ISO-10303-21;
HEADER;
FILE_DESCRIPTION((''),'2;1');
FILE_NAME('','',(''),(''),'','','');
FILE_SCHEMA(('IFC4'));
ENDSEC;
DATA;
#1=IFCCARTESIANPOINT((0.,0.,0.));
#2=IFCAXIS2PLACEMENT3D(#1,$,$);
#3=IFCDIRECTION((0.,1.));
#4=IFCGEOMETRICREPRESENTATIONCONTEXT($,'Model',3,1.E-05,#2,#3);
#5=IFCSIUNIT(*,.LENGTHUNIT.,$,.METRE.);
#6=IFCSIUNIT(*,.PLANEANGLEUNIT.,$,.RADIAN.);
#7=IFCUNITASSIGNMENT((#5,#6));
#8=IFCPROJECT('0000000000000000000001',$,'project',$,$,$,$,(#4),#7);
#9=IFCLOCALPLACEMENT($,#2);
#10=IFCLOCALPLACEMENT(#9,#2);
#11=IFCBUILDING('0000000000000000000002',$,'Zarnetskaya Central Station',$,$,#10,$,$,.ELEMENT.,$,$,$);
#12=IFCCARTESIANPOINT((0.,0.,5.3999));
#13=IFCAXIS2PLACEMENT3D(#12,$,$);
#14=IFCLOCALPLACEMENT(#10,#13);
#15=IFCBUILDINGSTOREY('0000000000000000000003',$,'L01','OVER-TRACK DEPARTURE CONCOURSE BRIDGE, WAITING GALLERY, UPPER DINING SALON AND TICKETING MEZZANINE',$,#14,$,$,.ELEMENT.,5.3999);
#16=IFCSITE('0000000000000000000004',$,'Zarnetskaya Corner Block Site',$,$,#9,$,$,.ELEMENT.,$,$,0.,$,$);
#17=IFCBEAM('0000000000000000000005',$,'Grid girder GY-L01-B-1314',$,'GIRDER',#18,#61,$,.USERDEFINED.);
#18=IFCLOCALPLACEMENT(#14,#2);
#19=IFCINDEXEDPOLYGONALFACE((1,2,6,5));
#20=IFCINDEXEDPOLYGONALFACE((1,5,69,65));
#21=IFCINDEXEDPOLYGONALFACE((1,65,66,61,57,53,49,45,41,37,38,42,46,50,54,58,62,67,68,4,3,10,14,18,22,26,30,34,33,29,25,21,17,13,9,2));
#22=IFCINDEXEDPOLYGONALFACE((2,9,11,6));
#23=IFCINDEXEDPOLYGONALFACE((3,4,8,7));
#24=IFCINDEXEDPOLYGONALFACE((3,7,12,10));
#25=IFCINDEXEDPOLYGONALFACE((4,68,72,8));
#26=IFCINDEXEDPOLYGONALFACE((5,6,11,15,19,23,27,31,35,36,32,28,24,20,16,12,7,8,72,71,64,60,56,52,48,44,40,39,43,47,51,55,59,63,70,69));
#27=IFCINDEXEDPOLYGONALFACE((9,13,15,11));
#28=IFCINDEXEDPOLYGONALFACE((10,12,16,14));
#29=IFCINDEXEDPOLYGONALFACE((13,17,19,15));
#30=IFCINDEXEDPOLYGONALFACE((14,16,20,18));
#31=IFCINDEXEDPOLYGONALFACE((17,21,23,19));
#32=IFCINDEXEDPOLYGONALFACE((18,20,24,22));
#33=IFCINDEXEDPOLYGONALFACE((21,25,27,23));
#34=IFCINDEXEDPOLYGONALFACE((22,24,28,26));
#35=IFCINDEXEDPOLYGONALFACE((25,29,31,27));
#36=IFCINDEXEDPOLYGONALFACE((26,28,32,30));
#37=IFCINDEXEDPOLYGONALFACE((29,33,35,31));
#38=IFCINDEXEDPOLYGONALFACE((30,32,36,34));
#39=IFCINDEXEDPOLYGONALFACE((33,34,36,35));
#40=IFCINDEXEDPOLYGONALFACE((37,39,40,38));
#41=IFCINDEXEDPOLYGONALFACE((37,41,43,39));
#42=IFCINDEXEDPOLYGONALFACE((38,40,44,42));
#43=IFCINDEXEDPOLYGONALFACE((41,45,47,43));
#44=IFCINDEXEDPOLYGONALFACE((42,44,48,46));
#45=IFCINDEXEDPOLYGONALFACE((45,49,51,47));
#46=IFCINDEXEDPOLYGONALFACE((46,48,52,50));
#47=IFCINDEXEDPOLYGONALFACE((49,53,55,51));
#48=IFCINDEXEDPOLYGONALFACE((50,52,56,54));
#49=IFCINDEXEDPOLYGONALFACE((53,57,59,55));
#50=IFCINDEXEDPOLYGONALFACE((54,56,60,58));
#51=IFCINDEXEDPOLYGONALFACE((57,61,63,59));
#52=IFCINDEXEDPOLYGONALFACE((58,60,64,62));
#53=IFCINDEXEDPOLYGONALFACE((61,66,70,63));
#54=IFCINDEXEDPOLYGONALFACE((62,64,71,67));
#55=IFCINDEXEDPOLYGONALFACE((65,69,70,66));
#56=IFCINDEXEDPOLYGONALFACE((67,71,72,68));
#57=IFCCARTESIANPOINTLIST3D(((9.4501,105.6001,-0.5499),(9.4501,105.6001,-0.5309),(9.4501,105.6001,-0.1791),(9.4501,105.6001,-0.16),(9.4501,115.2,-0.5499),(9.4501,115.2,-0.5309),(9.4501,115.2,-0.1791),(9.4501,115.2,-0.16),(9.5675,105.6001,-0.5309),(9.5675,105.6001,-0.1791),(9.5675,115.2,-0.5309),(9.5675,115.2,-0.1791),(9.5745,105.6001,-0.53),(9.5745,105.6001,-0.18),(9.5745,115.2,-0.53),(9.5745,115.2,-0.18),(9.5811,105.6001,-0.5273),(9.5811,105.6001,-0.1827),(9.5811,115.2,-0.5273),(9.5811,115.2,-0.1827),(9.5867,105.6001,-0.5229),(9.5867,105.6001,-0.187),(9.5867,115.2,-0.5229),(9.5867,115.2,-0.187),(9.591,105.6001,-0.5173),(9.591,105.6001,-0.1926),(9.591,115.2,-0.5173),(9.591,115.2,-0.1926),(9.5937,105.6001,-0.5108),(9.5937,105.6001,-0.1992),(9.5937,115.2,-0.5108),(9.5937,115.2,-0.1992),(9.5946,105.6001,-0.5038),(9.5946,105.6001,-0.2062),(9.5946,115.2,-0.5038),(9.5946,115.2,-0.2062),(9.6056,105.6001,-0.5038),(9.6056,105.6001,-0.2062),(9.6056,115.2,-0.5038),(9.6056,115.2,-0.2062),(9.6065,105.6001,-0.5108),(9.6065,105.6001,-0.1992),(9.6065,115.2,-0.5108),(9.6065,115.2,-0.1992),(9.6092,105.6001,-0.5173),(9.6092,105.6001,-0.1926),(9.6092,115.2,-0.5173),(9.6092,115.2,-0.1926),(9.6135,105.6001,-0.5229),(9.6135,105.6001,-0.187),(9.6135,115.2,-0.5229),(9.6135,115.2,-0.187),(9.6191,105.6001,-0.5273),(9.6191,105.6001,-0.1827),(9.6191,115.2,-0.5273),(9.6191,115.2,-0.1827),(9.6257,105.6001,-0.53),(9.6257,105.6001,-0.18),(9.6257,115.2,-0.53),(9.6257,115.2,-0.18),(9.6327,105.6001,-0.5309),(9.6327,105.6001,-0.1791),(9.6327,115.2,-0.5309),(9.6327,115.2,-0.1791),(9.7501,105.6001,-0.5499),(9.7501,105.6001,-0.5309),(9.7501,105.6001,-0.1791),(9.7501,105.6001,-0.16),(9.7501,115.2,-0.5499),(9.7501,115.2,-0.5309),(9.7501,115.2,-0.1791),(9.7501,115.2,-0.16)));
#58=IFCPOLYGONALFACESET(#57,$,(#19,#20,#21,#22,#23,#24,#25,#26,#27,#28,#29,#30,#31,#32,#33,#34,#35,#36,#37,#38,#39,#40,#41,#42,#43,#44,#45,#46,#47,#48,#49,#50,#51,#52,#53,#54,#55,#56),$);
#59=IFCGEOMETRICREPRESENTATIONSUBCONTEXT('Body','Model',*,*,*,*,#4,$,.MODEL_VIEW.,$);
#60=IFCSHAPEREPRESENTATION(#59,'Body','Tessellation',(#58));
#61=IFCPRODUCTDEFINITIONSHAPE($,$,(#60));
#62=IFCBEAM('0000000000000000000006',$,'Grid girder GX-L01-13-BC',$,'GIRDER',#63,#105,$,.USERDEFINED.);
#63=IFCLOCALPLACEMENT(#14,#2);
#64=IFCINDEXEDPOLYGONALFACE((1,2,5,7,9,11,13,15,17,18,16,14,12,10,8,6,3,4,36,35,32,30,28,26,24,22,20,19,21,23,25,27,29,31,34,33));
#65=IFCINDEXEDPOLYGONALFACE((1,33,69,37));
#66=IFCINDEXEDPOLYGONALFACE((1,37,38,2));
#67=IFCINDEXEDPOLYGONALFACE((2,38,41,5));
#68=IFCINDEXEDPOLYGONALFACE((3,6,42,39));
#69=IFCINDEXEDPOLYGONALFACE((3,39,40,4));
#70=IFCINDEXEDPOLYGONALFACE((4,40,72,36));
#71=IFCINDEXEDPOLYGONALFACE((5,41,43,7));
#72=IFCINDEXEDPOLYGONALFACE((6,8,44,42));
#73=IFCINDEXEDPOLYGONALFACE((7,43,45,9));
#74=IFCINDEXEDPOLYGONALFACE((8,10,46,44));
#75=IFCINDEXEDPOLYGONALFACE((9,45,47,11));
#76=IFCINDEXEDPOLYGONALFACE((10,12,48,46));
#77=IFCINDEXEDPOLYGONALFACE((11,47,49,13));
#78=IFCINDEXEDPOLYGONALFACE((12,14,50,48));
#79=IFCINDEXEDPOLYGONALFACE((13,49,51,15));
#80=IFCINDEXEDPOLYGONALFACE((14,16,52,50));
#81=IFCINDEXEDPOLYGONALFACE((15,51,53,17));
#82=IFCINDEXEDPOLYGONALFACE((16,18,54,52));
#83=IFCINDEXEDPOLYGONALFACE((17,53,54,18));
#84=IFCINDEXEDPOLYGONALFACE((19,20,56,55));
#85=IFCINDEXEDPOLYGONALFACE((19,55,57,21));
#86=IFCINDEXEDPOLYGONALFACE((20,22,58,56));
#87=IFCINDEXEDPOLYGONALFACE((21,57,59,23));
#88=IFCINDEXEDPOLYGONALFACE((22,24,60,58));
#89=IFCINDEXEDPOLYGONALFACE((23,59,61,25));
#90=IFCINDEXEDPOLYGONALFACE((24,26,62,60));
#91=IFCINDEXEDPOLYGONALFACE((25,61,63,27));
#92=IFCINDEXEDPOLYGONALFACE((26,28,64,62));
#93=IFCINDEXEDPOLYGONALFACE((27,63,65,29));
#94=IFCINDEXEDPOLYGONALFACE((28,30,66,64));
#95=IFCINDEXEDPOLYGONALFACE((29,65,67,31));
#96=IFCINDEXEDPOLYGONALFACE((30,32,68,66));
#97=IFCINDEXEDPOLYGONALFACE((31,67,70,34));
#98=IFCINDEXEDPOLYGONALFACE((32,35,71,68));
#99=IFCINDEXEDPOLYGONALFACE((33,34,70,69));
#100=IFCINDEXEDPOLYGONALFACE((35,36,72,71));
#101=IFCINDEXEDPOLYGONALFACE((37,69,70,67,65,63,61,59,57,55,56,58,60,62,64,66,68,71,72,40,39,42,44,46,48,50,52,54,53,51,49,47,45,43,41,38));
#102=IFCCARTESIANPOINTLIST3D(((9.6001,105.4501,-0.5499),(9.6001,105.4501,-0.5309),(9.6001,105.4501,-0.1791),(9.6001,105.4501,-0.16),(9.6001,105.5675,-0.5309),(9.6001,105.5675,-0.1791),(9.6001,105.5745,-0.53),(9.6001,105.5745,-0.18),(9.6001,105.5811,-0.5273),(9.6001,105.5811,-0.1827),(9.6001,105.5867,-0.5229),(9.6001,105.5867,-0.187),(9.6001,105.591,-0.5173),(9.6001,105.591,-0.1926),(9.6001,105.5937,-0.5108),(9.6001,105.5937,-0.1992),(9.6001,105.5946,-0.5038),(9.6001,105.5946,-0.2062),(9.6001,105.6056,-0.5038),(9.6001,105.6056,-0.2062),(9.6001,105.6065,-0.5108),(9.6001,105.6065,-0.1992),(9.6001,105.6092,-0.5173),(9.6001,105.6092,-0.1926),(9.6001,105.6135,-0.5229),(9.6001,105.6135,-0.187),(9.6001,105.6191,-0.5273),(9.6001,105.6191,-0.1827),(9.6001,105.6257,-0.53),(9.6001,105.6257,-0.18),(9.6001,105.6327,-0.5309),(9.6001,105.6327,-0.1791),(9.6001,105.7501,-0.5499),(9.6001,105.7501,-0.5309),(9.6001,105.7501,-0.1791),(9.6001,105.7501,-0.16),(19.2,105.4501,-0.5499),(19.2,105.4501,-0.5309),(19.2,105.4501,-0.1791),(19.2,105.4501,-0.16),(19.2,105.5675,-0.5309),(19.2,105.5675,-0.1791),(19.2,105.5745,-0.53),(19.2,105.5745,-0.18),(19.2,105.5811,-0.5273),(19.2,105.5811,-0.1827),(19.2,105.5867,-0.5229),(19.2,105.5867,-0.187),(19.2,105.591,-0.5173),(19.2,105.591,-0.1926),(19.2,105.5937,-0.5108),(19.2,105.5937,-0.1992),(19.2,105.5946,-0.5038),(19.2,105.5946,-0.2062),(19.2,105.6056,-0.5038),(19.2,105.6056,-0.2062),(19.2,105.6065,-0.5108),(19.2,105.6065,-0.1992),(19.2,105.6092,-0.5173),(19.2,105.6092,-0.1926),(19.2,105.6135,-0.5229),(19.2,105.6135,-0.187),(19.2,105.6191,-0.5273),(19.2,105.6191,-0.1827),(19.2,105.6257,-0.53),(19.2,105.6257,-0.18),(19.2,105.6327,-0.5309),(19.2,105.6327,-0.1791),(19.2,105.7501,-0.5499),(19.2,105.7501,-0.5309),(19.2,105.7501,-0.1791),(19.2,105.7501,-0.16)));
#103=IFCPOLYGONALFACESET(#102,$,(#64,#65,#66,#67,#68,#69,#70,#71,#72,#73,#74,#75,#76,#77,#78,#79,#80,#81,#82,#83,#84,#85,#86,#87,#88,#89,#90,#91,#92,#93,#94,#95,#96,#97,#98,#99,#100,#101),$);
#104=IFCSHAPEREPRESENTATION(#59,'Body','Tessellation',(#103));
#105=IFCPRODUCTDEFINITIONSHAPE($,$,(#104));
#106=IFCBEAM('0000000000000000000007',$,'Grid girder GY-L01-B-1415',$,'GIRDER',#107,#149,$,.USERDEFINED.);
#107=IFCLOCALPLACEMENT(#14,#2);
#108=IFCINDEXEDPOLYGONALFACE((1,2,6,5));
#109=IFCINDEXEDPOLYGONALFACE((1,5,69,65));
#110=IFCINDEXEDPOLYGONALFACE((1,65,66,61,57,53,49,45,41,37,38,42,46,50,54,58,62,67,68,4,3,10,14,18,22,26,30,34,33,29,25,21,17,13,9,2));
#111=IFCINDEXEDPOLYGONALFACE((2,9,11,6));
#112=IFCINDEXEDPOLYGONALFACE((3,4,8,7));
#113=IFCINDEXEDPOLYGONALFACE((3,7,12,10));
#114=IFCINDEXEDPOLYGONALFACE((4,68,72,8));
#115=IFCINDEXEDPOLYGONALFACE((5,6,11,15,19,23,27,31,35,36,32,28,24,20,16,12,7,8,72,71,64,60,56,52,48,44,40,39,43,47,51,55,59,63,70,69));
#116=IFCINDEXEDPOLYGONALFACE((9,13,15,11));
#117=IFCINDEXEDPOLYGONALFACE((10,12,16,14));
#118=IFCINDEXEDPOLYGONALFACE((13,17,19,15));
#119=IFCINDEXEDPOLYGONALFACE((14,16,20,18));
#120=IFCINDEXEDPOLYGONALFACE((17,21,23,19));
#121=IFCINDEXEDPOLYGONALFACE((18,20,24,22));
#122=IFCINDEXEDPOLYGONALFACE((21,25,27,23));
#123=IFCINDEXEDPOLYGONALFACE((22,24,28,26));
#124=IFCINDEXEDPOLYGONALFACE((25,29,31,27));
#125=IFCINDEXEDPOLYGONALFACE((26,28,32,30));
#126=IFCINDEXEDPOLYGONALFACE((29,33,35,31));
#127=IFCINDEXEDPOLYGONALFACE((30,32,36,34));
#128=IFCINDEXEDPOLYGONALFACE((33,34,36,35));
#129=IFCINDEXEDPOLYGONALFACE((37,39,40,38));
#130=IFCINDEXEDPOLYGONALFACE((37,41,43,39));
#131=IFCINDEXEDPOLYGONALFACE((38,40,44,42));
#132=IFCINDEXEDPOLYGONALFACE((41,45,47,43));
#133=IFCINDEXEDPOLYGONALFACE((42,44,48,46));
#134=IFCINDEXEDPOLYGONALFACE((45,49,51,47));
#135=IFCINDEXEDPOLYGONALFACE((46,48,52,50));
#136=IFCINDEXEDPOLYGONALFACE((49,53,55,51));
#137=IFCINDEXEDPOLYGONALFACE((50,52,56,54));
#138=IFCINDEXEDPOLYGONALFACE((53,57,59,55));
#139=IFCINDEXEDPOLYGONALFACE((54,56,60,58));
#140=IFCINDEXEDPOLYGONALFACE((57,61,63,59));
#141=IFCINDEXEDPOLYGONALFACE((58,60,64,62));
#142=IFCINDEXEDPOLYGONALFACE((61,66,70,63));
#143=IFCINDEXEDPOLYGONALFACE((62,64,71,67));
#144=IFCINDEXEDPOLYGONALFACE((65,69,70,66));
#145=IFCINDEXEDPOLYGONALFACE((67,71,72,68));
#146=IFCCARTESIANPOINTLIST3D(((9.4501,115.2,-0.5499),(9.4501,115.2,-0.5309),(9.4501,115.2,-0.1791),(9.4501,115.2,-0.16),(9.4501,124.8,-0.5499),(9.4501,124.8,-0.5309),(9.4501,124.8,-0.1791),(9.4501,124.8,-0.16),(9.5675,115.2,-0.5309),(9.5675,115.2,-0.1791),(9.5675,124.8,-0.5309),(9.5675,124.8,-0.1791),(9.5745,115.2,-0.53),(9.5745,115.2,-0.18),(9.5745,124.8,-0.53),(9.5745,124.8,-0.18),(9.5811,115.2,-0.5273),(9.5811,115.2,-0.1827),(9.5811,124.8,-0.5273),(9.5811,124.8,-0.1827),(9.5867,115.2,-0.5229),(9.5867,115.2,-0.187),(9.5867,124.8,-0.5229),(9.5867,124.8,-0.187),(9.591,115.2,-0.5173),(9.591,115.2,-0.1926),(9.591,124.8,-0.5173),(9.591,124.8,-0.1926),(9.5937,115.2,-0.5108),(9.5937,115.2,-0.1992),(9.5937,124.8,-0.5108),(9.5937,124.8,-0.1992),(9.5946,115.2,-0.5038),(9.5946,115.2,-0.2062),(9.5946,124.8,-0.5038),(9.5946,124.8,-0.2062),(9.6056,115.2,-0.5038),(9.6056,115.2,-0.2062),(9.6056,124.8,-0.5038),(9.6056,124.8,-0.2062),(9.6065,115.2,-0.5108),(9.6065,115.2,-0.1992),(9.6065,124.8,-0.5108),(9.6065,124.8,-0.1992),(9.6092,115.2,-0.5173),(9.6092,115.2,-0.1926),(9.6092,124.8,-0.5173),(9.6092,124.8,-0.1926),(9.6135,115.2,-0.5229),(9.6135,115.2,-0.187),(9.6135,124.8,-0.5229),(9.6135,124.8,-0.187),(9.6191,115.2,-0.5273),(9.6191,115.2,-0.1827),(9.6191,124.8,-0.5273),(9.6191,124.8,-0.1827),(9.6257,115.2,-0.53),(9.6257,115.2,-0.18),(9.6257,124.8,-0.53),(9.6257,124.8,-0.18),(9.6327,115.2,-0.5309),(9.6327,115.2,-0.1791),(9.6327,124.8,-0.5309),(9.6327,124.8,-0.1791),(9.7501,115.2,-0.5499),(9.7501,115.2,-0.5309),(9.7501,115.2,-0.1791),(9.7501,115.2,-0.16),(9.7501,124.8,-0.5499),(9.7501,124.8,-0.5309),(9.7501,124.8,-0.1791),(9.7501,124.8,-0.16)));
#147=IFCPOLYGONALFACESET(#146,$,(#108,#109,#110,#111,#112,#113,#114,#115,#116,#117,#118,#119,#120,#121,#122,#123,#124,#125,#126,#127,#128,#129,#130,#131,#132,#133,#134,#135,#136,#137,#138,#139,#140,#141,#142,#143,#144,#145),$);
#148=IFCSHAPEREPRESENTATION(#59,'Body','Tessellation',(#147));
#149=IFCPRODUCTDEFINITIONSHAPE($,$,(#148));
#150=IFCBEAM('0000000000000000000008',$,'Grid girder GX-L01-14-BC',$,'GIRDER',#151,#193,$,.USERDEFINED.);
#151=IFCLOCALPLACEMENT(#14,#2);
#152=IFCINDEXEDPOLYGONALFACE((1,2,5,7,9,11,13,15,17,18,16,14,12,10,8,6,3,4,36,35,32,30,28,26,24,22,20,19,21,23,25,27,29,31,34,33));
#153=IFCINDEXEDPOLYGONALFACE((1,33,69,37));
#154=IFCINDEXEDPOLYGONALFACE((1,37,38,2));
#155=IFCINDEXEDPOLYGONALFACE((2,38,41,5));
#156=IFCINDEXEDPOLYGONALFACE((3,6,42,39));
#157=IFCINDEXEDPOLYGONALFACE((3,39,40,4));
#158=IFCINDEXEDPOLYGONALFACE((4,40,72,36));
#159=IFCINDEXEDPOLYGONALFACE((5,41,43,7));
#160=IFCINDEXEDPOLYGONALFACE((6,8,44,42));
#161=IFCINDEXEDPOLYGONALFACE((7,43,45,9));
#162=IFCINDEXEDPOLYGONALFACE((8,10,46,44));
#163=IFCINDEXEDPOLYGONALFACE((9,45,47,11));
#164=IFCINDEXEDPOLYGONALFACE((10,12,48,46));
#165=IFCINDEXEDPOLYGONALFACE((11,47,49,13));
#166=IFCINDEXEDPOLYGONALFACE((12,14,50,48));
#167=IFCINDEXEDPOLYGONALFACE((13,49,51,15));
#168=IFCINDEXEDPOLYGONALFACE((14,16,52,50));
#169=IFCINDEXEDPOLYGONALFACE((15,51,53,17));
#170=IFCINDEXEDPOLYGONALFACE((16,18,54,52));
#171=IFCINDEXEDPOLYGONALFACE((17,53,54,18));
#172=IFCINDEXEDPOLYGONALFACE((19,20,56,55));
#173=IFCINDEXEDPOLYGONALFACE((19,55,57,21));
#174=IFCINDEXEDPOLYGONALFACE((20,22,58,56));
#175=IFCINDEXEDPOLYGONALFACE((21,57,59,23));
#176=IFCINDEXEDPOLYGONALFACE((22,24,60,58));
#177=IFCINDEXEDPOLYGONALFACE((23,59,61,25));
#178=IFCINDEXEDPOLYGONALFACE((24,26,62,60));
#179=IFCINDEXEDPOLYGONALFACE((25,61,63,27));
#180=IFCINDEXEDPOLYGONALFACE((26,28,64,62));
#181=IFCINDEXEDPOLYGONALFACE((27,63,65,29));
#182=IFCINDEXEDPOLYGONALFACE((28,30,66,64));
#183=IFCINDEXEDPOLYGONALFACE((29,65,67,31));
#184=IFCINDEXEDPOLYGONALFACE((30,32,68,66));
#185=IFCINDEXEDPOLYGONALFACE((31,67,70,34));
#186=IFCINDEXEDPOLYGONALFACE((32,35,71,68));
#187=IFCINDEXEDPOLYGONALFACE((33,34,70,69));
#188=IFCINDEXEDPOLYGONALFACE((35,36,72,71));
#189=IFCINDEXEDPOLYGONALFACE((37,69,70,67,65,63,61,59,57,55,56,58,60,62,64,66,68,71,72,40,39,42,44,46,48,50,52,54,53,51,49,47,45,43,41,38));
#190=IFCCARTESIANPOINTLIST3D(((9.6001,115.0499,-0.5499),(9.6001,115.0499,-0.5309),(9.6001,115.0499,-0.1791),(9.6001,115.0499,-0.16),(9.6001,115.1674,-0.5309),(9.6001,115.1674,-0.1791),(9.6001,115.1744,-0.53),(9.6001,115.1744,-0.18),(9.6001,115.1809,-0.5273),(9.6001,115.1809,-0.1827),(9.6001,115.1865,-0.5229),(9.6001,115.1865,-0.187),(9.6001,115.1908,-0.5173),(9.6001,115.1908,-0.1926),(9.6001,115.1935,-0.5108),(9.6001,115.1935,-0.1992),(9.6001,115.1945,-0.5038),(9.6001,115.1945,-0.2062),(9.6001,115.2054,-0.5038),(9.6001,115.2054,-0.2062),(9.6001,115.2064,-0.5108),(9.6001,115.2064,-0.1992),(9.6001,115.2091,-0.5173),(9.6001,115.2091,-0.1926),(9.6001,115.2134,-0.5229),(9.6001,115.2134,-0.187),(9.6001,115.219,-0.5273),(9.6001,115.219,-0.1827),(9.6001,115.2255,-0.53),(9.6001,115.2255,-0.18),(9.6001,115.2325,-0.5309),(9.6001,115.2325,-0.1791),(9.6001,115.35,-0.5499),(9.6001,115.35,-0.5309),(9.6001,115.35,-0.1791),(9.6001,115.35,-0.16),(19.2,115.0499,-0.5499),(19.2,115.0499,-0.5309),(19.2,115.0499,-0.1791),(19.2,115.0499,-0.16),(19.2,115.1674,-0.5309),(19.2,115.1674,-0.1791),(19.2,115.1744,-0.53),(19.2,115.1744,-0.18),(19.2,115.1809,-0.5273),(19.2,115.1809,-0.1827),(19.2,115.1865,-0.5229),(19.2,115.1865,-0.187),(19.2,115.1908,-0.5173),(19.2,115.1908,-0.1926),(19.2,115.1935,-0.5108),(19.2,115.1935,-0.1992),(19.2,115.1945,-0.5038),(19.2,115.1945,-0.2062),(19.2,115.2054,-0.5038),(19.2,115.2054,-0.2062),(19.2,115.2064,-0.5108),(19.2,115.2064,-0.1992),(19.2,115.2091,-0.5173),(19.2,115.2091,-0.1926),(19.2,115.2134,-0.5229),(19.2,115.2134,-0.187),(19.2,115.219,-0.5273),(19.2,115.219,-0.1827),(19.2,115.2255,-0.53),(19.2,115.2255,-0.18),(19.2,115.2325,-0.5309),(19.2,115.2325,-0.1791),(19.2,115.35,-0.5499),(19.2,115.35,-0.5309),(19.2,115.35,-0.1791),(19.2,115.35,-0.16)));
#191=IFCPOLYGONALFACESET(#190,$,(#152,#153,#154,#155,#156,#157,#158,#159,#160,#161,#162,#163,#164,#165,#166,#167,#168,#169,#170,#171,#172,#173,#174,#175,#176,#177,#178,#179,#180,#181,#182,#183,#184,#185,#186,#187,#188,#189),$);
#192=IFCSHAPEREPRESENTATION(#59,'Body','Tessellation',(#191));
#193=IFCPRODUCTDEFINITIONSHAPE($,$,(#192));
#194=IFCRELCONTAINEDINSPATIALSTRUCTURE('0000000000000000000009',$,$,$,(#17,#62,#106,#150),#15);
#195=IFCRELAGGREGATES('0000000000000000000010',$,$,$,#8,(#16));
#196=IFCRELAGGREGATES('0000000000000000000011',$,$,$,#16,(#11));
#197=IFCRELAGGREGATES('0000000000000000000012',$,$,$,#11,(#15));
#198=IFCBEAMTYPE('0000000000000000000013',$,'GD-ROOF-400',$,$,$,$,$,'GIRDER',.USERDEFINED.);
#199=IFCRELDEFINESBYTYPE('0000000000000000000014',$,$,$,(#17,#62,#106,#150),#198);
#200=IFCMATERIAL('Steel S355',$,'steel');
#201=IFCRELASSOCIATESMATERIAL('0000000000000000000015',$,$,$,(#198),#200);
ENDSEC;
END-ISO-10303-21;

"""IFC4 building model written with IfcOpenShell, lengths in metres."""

from ifc_helpers import new_model, si_unit, direction, frame, origin, origin_2d, place, context, subcontext, project, spatial, i_section, extrude, material, material_profile, profile_set, type_object, element, save


model = new_model("IFC4")

# Units and contexts
model_context = context("Model", 3, precision=1e-05, world=origin(), true_north=direction((0.0, 1.0)))
body_context = subcontext(model_context, "Body", "Model", "MODEL_VIEW")
ifc_project = project(units=[si_unit("LENGTHUNIT", "METRE"), si_unit("PLANEANGLEUNIT", "RADIAN")], contexts=[model_context])

# Site, building, storey
site_placement = place(None, origin())
site = spatial("IfcSite", under=ifc_project, at=site_placement, Name="Zarnetskaya Corner Block Site", CompositionType="ELEMENT", RefElevation=0.0)
building_placement = place(site_placement, origin())
building = spatial("IfcBuilding", under=site, at=building_placement, Name="Zarnetskaya Central Station", CompositionType="ELEMENT")
storey_placement = place(building_placement, frame((0.0, 0.0, 5.3999)))
storey = spatial("IfcBuildingStorey", under=building, at=storey_placement, Name="L01", Description="OVER-TRACK DEPARTURE CONCOURSE BRIDGE, WAITING GALLERY, UPPER DINING SALON AND TICKETING MEZZANINE", CompositionType="ELEMENT", Elevation=5.3999)

# Beams
ifc_material = material(Name="Steel S355", Category="steel")
ifc_material_profile_1 = material_profile(ifc_material, i_section(OverallWidth=0.3, OverallDepth=0.3899, WebThickness=0.011, FlangeThickness=0.019, FilletRadius=0.0271, at=origin_2d()), Name="HEA 400")
ifc_profile_set_1 = profile_set([ifc_material_profile_1], Name="Steel S355")
beam_type_1 = type_object("IfcBeamType", Name="GD-ROOF-400", ElementType="GIRDER", PredefinedType="USERDEFINED", material=ifc_profile_set_1)
for number, where, z_axis, x_axis, name in (
    (1, (9.6001, 105.6001, -0.355), (0.0, 1.0, 0.0), (-1.0, 0.0, 0.0), "Grid girder GY-L01-B-1314"),
    (2, (9.6001, 105.6001, -0.355), (1.0, 0.0, 0.0), (0.0, 1.0, 0.0), "Grid girder GX-L01-13-BC"),
):
    element("IfcBeam", number, at=place(storey_placement, frame(where, z_axis=z_axis, x_axis=x_axis)), inside=storey, type_object=beam_type_1, Name=name, ObjectType="GIRDER", PredefinedType="USERDEFINED", context=body_context, shape_type="SweptSolid", body=[
        extrude(i_section(OverallWidth=0.3, OverallDepth=0.3899, WebThickness=0.011, FlangeThickness=0.019, FilletRadius=0.0271, at=origin_2d()), origin(), (0.0, 0.0, 1.0), 9.5999),
    ])
beam_1_placement = place(storey_placement, frame((9.6001, 115.2, -0.355), z_axis=(0.0, 1.0, 0.0), x_axis=(-1.0, 0.0, 0.0)))
element("IfcBeam", 3, at=beam_1_placement, inside=storey, type_object=beam_type_1, Name="Grid girder GY-L01-B-1415", ObjectType="GIRDER", PredefinedType="USERDEFINED", context=body_context, shape_type="SweptSolid", body=[
    extrude(i_section(OverallWidth=0.3, OverallDepth=0.3899, WebThickness=0.011, FlangeThickness=0.019, FilletRadius=0.0271, at=origin_2d()), origin(), (0.0, 0.0, 1.0), 9.6001),
])
for number, where, z_axis, x_axis, name in (
    (4, (9.6001, 115.2, -0.355), (1.0, 0.0, 0.0), (0.0, 1.0, 0.0), "Grid girder GX-L01-14-BC"),
):
    element("IfcBeam", number, at=place(storey_placement, frame(where, z_axis=z_axis, x_axis=x_axis)), inside=storey, type_object=beam_type_1, Name=name, ObjectType="GIRDER", PredefinedType="USERDEFINED", context=body_context, shape_type="SweptSolid", body=[
        extrude(i_section(OverallWidth=0.3, OverallDepth=0.3899, WebThickness=0.011, FlangeThickness=0.019, FilletRadius=0.0271, at=origin_2d()), origin(), (0.0, 0.0, 1.0), 9.5999),
    ])

save(model, "model.ifc")
